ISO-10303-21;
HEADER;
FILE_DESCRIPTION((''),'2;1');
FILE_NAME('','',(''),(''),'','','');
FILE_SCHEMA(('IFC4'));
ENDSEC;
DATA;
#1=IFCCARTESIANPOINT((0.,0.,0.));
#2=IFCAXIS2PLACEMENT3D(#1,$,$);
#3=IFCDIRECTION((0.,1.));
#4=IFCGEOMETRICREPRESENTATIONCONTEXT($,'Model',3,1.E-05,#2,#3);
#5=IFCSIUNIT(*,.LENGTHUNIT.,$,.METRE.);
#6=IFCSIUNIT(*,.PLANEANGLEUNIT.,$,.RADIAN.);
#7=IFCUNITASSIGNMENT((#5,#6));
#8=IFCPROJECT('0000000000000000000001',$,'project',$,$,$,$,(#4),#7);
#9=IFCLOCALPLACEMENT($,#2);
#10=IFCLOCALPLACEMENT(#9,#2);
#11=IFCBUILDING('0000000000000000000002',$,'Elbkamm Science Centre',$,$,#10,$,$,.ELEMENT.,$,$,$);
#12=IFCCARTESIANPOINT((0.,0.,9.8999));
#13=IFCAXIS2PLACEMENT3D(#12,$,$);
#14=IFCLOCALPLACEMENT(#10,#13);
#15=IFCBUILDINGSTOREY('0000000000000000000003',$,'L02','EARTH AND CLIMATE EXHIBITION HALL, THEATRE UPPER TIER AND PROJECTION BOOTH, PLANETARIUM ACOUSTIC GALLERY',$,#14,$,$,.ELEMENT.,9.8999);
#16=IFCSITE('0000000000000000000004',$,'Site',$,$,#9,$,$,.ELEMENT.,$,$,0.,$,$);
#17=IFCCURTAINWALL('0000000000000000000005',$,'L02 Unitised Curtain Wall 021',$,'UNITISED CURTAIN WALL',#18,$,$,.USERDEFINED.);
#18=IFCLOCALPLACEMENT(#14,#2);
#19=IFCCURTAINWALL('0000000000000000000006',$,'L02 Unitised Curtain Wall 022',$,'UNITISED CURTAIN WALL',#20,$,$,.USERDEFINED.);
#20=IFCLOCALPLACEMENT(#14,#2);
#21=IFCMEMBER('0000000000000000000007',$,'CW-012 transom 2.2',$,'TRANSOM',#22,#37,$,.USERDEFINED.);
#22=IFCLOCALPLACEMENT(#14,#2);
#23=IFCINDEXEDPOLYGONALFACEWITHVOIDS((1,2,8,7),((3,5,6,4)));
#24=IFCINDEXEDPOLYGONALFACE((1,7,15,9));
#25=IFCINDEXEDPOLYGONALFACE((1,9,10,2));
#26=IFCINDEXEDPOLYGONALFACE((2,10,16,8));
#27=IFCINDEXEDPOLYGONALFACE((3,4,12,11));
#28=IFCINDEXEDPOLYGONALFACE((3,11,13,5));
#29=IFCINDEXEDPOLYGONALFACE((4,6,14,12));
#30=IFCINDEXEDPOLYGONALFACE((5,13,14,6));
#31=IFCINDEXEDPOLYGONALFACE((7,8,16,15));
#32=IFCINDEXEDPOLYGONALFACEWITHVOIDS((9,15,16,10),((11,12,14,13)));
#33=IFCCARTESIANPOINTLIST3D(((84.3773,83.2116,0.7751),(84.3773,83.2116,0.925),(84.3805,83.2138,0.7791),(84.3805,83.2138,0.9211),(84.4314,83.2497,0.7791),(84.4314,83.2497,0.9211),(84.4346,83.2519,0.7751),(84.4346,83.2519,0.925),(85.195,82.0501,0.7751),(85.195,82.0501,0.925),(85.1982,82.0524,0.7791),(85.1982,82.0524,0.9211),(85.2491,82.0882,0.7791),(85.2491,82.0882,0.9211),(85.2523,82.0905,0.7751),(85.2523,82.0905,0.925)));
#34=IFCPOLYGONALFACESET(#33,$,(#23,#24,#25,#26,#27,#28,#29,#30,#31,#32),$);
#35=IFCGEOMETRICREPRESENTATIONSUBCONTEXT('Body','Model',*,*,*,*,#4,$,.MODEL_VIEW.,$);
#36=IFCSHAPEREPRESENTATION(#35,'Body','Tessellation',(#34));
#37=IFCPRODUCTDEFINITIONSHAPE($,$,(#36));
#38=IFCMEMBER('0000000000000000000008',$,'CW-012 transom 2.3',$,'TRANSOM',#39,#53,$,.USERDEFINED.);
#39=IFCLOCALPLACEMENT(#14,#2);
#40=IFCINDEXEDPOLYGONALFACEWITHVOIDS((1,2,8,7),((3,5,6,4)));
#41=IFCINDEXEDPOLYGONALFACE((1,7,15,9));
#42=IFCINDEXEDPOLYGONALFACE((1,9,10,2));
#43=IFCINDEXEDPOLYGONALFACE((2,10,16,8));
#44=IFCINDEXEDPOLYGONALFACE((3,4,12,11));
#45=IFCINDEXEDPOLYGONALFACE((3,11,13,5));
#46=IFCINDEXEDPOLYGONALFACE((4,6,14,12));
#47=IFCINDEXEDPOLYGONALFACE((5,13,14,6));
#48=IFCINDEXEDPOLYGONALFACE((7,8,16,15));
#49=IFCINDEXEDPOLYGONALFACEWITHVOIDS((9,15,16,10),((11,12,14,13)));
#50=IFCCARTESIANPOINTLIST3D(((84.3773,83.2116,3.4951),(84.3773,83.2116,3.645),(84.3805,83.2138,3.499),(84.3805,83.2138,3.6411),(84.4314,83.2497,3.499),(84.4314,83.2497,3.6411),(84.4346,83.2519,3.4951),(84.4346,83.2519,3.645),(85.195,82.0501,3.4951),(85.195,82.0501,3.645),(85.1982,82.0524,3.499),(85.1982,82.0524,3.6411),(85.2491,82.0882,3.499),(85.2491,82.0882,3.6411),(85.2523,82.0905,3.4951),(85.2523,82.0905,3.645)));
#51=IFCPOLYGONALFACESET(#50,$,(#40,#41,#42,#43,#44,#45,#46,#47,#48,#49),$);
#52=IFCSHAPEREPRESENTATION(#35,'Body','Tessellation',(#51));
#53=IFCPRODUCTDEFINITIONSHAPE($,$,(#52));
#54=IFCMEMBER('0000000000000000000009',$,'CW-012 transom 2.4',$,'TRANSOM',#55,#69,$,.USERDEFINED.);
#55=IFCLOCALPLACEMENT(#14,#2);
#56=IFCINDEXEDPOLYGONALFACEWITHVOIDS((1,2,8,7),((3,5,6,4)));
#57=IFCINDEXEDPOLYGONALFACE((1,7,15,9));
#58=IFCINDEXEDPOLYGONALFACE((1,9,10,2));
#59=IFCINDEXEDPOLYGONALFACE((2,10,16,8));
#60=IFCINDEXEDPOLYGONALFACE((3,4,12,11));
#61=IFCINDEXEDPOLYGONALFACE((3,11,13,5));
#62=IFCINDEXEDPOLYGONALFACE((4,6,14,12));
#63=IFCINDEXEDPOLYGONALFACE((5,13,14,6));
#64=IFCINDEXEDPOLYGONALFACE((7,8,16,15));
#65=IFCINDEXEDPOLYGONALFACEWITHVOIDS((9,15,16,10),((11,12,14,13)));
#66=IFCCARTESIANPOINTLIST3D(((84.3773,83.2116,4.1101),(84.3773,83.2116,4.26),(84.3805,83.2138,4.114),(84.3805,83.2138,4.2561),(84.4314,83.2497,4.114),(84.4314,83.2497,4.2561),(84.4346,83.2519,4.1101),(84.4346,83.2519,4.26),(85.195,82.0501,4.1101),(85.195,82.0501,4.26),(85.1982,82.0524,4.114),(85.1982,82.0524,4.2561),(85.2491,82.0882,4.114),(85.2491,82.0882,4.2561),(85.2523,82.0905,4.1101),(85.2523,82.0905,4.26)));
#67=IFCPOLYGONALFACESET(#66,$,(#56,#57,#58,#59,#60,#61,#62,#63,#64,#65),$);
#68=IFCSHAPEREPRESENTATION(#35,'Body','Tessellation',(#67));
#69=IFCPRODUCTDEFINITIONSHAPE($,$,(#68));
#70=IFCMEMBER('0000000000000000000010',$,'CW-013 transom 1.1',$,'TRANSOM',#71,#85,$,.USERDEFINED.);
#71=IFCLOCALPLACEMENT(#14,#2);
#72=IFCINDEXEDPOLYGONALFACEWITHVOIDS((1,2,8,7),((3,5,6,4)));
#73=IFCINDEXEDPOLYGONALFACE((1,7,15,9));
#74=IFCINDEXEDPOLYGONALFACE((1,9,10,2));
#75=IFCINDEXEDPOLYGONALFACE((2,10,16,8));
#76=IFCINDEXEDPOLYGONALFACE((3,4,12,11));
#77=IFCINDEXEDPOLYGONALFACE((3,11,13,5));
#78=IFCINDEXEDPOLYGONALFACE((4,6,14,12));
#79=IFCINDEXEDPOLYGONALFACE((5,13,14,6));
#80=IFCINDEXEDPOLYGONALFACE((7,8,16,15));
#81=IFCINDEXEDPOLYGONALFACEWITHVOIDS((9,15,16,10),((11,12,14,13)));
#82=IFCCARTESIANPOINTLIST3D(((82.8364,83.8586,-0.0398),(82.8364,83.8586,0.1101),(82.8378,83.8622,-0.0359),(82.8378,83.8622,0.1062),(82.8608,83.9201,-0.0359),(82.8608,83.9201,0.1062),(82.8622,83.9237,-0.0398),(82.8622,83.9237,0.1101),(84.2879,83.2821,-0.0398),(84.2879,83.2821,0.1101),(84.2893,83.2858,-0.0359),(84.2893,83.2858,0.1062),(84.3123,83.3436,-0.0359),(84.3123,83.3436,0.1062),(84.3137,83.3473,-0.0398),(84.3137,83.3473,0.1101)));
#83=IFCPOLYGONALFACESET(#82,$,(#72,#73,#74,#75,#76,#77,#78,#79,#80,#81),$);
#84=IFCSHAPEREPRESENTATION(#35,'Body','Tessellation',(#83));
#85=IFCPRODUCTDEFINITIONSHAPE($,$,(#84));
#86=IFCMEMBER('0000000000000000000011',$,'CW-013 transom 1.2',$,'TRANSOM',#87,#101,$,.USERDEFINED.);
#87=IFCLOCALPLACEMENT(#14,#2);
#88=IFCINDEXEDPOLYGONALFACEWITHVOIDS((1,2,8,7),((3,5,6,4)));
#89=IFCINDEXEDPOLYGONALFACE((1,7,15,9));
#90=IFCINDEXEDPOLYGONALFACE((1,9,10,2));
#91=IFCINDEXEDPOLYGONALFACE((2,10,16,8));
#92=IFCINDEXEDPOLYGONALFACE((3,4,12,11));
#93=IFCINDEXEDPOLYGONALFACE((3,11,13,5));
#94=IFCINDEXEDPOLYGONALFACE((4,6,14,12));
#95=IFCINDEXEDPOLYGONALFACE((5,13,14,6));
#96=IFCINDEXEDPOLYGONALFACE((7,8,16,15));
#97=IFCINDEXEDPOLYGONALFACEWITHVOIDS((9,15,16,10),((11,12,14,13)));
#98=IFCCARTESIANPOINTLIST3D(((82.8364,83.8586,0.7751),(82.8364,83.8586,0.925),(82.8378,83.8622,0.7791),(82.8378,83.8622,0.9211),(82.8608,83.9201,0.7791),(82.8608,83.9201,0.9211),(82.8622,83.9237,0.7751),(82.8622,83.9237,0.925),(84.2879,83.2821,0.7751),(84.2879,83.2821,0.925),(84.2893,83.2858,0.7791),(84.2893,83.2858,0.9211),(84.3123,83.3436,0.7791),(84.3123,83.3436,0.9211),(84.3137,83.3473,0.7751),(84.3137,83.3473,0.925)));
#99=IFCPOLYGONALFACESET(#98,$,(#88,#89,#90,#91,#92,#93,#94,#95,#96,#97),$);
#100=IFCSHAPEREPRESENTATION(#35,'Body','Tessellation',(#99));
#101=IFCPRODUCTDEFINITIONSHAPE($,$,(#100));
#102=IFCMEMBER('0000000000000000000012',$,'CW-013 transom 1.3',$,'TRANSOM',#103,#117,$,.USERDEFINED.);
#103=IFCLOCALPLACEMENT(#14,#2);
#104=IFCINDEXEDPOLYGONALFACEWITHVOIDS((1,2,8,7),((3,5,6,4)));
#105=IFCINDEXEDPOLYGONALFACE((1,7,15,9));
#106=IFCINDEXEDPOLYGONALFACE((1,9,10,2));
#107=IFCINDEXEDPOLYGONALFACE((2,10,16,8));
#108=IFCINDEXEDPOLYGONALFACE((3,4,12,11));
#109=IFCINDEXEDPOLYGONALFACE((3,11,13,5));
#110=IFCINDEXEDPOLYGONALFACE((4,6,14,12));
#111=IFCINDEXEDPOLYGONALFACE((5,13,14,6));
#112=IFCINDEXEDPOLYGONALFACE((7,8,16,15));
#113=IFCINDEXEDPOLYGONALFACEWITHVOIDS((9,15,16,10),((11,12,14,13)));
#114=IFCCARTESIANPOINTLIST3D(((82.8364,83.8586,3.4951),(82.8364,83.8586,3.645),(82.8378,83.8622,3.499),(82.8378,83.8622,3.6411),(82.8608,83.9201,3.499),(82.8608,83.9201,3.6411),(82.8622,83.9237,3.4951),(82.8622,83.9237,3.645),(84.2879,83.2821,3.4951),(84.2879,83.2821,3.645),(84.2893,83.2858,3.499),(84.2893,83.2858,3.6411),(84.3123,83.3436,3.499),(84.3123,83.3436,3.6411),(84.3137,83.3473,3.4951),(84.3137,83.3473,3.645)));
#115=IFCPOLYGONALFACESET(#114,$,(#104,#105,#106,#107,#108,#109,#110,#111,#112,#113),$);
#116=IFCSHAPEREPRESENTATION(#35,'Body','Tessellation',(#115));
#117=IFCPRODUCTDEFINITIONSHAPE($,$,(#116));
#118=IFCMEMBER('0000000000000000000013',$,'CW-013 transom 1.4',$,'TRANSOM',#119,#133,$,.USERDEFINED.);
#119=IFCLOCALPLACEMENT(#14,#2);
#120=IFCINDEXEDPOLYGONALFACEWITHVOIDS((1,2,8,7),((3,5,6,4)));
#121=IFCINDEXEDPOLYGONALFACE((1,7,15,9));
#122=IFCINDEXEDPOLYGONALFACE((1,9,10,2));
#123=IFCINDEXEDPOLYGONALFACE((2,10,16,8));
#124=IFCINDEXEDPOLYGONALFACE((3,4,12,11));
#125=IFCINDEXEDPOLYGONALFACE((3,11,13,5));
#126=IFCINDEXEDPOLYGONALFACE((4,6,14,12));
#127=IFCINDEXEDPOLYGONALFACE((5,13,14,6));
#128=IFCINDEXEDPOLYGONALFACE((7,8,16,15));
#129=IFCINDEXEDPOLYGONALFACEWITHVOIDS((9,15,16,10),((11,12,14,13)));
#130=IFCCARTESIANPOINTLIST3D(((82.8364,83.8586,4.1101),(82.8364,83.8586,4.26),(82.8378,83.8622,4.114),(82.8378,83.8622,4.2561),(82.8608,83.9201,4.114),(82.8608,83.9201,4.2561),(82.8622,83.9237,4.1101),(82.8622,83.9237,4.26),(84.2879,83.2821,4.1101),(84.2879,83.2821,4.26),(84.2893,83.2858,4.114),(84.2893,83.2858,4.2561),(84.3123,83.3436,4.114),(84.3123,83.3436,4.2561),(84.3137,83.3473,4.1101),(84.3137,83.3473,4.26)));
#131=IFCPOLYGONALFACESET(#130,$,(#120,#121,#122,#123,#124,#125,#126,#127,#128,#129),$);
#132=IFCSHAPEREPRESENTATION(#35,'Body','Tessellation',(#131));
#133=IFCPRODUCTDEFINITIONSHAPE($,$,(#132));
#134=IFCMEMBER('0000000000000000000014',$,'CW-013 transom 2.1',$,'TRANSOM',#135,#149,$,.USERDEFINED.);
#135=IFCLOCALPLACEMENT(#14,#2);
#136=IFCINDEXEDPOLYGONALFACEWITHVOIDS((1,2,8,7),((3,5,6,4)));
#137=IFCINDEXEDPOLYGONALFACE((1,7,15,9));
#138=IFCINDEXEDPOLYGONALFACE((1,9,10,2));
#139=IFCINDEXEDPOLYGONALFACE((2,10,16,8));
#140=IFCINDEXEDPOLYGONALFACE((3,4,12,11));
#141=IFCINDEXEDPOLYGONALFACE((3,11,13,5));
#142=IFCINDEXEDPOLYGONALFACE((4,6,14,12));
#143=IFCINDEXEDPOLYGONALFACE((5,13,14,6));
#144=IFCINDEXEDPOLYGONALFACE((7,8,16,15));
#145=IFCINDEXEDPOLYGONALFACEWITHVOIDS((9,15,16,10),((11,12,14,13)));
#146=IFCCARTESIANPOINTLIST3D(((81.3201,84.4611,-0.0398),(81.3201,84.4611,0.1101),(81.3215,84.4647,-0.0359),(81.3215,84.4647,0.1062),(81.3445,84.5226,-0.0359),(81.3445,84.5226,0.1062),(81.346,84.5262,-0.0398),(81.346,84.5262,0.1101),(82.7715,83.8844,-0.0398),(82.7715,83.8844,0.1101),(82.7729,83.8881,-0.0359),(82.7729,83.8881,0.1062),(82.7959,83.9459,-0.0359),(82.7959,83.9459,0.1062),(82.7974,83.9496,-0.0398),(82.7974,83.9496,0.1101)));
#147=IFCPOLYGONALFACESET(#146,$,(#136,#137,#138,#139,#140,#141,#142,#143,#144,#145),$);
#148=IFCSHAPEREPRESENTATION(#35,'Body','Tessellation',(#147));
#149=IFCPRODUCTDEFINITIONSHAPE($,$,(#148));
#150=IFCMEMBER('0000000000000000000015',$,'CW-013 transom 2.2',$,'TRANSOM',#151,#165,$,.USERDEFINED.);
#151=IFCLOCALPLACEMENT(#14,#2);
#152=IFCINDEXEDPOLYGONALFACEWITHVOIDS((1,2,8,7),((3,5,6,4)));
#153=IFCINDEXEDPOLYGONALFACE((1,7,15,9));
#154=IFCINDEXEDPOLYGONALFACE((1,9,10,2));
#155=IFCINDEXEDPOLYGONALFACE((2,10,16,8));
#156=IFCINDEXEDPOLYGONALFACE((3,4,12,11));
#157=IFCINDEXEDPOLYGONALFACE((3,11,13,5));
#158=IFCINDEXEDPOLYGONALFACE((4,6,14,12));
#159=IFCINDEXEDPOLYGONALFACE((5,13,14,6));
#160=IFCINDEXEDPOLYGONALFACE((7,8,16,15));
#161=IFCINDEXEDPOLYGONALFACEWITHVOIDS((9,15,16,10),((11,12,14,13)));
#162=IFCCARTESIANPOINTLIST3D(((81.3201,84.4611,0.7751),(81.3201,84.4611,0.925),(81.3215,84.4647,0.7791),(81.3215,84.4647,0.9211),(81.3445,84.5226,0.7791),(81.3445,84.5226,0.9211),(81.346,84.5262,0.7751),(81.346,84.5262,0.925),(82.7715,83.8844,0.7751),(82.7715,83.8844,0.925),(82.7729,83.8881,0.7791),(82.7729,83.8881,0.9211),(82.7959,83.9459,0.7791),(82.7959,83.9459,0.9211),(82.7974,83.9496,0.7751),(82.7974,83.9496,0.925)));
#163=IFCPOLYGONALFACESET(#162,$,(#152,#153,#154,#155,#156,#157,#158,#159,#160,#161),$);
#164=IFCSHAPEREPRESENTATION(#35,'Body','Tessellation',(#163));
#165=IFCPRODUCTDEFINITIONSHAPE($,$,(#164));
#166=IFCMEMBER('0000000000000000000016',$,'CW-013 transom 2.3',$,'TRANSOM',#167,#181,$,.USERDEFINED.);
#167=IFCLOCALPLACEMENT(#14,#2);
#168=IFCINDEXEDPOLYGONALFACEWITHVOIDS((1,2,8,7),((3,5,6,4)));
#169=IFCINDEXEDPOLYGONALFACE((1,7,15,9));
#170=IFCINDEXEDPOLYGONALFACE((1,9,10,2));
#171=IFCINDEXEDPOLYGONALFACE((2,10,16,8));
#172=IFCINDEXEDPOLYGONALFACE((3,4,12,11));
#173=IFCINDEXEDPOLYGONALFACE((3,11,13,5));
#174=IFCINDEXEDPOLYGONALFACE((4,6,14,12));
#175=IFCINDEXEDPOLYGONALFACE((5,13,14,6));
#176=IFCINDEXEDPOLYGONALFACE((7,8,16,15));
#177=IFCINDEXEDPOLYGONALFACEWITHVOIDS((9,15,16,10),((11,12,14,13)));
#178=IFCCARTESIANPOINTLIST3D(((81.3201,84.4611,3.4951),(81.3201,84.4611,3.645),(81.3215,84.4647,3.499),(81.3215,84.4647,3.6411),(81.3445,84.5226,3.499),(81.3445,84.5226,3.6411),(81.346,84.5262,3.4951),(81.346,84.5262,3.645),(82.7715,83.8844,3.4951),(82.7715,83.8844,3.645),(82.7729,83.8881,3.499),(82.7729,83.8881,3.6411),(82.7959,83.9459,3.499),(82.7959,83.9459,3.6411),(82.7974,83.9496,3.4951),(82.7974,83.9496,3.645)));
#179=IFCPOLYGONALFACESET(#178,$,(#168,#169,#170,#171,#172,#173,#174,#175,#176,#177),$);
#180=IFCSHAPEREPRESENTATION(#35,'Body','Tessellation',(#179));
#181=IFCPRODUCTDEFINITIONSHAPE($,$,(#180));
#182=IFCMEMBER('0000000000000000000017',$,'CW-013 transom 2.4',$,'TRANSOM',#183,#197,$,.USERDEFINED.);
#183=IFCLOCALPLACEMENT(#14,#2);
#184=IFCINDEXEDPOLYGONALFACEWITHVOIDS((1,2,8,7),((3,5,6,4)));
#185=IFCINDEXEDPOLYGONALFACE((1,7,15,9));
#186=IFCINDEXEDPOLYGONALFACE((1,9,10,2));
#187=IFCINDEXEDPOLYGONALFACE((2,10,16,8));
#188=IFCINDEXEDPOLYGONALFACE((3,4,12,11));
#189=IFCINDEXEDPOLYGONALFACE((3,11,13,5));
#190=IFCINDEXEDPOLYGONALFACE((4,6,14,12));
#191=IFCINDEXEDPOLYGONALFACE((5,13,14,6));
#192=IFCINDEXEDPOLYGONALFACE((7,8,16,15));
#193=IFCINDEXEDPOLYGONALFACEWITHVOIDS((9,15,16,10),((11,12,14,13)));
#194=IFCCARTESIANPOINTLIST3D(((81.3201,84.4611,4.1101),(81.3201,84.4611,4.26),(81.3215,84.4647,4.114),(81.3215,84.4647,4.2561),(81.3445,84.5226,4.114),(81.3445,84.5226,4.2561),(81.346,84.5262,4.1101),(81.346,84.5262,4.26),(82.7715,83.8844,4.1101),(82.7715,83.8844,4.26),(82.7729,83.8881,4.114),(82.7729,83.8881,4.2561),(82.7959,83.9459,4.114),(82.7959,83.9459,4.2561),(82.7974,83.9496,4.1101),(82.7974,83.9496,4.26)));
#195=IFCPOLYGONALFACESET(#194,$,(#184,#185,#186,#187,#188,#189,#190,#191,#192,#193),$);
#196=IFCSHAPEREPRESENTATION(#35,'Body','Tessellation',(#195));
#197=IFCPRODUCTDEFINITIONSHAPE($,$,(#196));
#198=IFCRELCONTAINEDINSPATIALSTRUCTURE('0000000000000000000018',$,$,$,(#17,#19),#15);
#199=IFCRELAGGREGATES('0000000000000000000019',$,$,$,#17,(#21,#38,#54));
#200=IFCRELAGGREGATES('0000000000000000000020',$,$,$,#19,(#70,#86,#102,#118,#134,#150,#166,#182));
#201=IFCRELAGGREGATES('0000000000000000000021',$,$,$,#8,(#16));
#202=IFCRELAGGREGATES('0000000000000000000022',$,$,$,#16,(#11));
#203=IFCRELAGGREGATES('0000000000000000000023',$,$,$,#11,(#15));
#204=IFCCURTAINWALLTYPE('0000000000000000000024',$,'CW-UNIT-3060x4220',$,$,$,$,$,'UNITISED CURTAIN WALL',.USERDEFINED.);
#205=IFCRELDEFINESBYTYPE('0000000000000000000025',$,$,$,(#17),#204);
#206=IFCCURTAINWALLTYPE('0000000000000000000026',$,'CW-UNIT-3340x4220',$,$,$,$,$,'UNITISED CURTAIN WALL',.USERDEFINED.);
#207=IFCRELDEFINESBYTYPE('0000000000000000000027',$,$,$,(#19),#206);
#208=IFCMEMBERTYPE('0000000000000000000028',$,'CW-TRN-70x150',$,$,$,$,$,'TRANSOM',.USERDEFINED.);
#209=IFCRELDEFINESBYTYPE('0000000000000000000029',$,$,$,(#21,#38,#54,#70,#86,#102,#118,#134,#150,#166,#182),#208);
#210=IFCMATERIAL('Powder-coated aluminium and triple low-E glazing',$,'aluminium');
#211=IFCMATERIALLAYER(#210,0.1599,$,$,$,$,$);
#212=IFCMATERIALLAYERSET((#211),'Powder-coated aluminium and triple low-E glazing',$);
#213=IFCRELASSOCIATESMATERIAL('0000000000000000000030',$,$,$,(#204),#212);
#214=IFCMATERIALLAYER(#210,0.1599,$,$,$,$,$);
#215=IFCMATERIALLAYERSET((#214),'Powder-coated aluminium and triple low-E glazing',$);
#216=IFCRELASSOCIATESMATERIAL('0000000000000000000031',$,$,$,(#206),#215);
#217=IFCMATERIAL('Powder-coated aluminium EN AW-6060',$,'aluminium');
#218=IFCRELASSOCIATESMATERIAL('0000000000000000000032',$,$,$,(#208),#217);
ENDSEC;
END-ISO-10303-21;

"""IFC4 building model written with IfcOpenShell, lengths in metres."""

from ifc_helpers import new_model, si_unit, direction, frame, origin, origin_2d, place, context, subcontext, project, spatial, hollow_rectangle, extrude, material, layer, layer_set, material_profile, profile_set, type_object, element, aggregate, save


model = new_model("IFC4")

# Units and contexts
model_context = context("Model", 3, precision=1e-05, world=origin(), true_north=direction((0.0, 1.0)))
body_context = subcontext(model_context, "Body", "Model", "MODEL_VIEW")
ifc_project = project(units=[si_unit("LENGTHUNIT", "METRE"), si_unit("PLANEANGLEUNIT", "RADIAN")], contexts=[model_context])

# Site, building, storey
site_placement = place(None, origin())
site = spatial("IfcSite", under=ifc_project, at=site_placement, Name="Site", CompositionType="ELEMENT", RefElevation=0.0)
building_placement = place(site_placement, origin())
building = spatial("IfcBuilding", under=site, at=building_placement, Name="Elbkamm Science Centre", CompositionType="ELEMENT")
storey_placement = place(building_placement, frame((0.0, 0.0, 9.8999)))
storey = spatial("IfcBuildingStorey", under=building, at=storey_placement, Name="L02", Description="EARTH AND CLIMATE EXHIBITION HALL, THEATRE UPPER TIER AND PROJECTION BOOTH, PLANETARIUM ACOUSTIC GALLERY", CompositionType="ELEMENT", Elevation=9.8999)

# Curtain walls
ifc_material_1 = material(Name="Powder-coated aluminium and triple low-E glazing", Category="aluminium")
ifc_layer_1 = layer(ifc_material_1, 0.1599)
ifc_layer_set_1 = layer_set([ifc_layer_1], Name="Powder-coated aluminium and triple low-E glazing")
curtain_wall_type_1 = type_object("IfcCurtainWallType", Name="CW-UNIT-3060x4220", ElementType="UNITISED CURTAIN WALL", PredefinedType="USERDEFINED", material=ifc_layer_set_1)
curtain_wall_1_placement = place(storey_placement, origin())
curtain_wall_1 = element("IfcCurtainWall", 1, at=curtain_wall_1_placement, inside=storey, type_object=curtain_wall_type_1, Name="L02 Unitised Curtain Wall 021", ObjectType="UNITISED CURTAIN WALL", PredefinedType="USERDEFINED")
ifc_material_2 = material(Name="Powder-coated aluminium EN AW-6060", Category="aluminium")
ifc_layer_2 = layer(ifc_material_1, 0.1599)
ifc_layer_set_2 = layer_set([ifc_layer_2], Name="Powder-coated aluminium and triple low-E glazing")
curtain_wall_type_2 = type_object("IfcCurtainWallType", Name="CW-UNIT-3340x4220", ElementType="UNITISED CURTAIN WALL", PredefinedType="USERDEFINED", material=ifc_layer_set_2)
curtain_wall_2_placement = place(storey_placement, origin())
curtain_wall_2 = element("IfcCurtainWall", 2, at=curtain_wall_2_placement, inside=storey, type_object=curtain_wall_type_2, Name="L02 Unitised Curtain Wall 022", ObjectType="UNITISED CURTAIN WALL", PredefinedType="USERDEFINED")

# Members
ifc_material_profile_1 = material_profile(ifc_material_2, hollow_rectangle(XDim=0.0701, YDim=0.1499, WallThickness=0.0039, at=origin_2d()), Name="ALU T70x150")
ifc_profile_set_1 = profile_set([ifc_material_profile_1], Name="Powder-coated aluminium EN AW-6060")
member_type_1 = type_object("IfcMemberType", Name="CW-TRN-70x150", ElementType="TRANSOM", PredefinedType="USERDEFINED", material=ifc_profile_set_1)
member_1_placement = place(storey_placement, frame((85.2236, 82.0703, 0.8501), z_axis=(-0.575664, 0.817687, 0.0), x_axis=(-0.817687, -0.575664, 0.0)))
member_1 = element("IfcMember", 3, at=member_1_placement, type_object=member_type_1, Name="CW-012 transom 2.2", ObjectType="TRANSOM", PredefinedType="USERDEFINED", context=body_context, shape_type="SweptSolid", body=[
    extrude(hollow_rectangle(XDim=0.0701, YDim=0.1499, WallThickness=0.0039, at=origin_2d()), origin(), (0.0, 0.0, 1.0), 1.4204),
])
member_2_placement = place(storey_placement, frame((85.2236, 82.0703, 3.5701), z_axis=(-0.575664, 0.817687, 0.0), x_axis=(-0.817687, -0.575664, 0.0)))
member_2 = element("IfcMember", 4, at=member_2_placement, type_object=member_type_1, Name="CW-012 transom 2.3", ObjectType="TRANSOM", PredefinedType="USERDEFINED", context=body_context, shape_type="SweptSolid", body=[
    extrude(hollow_rectangle(XDim=0.0701, YDim=0.1499, WallThickness=0.0039, at=origin_2d()), origin(), (0.0, 0.0, 1.0), 1.4204),
])
member_3_placement = place(storey_placement, frame((85.2236, 82.0703, 4.1851), z_axis=(-0.575664, 0.817687, 0.0), x_axis=(-0.817687, -0.575664, 0.0)))
member_3 = element("IfcMember", 5, at=member_3_placement, type_object=member_type_1, Name="CW-012 transom 2.4", ObjectType="TRANSOM", PredefinedType="USERDEFINED", context=body_context, shape_type="SweptSolid", body=[
    extrude(hollow_rectangle(XDim=0.0701, YDim=0.1499, WallThickness=0.0039, at=origin_2d()), origin(), (0.0, 0.0, 1.0), 1.4204),
])
member_4_placement = place(storey_placement, frame((84.3008, 83.3147, 0.0352), z_axis=(-0.92939, 0.369098, 0.0), x_axis=(-0.369098, -0.92939, 0.0)))
member_4 = element("IfcMember", 6, at=member_4_placement, type_object=member_type_1, Name="CW-013 transom 1.1", ObjectType="TRANSOM", PredefinedType="USERDEFINED", context=body_context, shape_type="SweptSolid", body=[
    extrude(hollow_rectangle(XDim=0.0701, YDim=0.1499, WallThickness=0.0039, at=origin_2d()), origin(), (0.0, 0.0, 1.0), 1.5618),
])
member_5_placement = place(storey_placement, frame((84.3008, 83.3147, 0.8501), z_axis=(-0.92939, 0.369098, 0.0), x_axis=(-0.369098, -0.92939, 0.0)))
member_5 = element("IfcMember", 7, at=member_5_placement, type_object=member_type_1, Name="CW-013 transom 1.2", ObjectType="TRANSOM", PredefinedType="USERDEFINED", context=body_context, shape_type="SweptSolid", body=[
    extrude(hollow_rectangle(XDim=0.0701, YDim=0.1499, WallThickness=0.0039, at=origin_2d()), origin(), (0.0, 0.0, 1.0), 1.5618),
])
member_6_placement = place(storey_placement, frame((84.3008, 83.3147, 3.5701), z_axis=(-0.92939, 0.369098, 0.0), x_axis=(-0.369098, -0.92939, 0.0)))
member_6 = element("IfcMember", 8, at=member_6_placement, type_object=member_type_1, Name="CW-013 transom 1.3", ObjectType="TRANSOM", PredefinedType="USERDEFINED", context=body_context, shape_type="SweptSolid", body=[
    extrude(hollow_rectangle(XDim=0.0701, YDim=0.1499, WallThickness=0.0039, at=origin_2d()), origin(), (0.0, 0.0, 1.0), 1.5618),
])
member_7_placement = place(storey_placement, frame((84.3008, 83.3147, 4.1851), z_axis=(-0.92939, 0.369098, 0.0), x_axis=(-0.369098, -0.92939, 0.0)))
member_7 = element("IfcMember", 9, at=member_7_placement, type_object=member_type_1, Name="CW-013 transom 1.4", ObjectType="TRANSOM", PredefinedType="USERDEFINED", context=body_context, shape_type="SweptSolid", body=[
    extrude(hollow_rectangle(XDim=0.0701, YDim=0.1499, WallThickness=0.0039, at=origin_2d()), origin(), (0.0, 0.0, 1.0), 1.5618),
])
member_8_placement = place(storey_placement, frame((82.7844, 83.917, 0.0352), z_axis=(-0.929337, 0.369234, 0.0), x_axis=(-0.369234, -0.929337, 0.0)))
member_8 = element("IfcMember", 10, at=member_8_placement, type_object=member_type_1, Name="CW-013 transom 2.1", ObjectType="TRANSOM", PredefinedType="USERDEFINED", context=body_context, shape_type="SweptSolid", body=[
    extrude(hollow_rectangle(XDim=0.0701, YDim=0.1499, WallThickness=0.0039, at=origin_2d()), origin(), (0.0, 0.0, 1.0), 1.5618),
])
member_9_placement = place(storey_placement, frame((82.7844, 83.917, 0.8501), z_axis=(-0.929337, 0.369234, 0.0), x_axis=(-0.369234, -0.929337, 0.0)))
member_9 = element("IfcMember", 11, at=member_9_placement, type_object=member_type_1, Name="CW-013 transom 2.2", ObjectType="TRANSOM", PredefinedType="USERDEFINED", context=body_context, shape_type="SweptSolid", body=[
    extrude(hollow_rectangle(XDim=0.0701, YDim=0.1499, WallThickness=0.0039, at=origin_2d()), origin(), (0.0, 0.0, 1.0), 1.5618),
])
member_10_placement = place(storey_placement, frame((82.7844, 83.917, 3.5701), z_axis=(-0.929337, 0.369234, 0.0), x_axis=(-0.369234, -0.929337, 0.0)))
member_10 = element("IfcMember", 12, at=member_10_placement, type_object=member_type_1, Name="CW-013 transom 2.3", ObjectType="TRANSOM", PredefinedType="USERDEFINED", context=body_context, shape_type="SweptSolid", body=[
    extrude(hollow_rectangle(XDim=0.0701, YDim=0.1499, WallThickness=0.0039, at=origin_2d()), origin(), (0.0, 0.0, 1.0), 1.5618),
])
member_11_placement = place(storey_placement, frame((82.7844, 83.917, 4.1851), z_axis=(-0.929337, 0.369234, 0.0), x_axis=(-0.369234, -0.929337, 0.0)))
member_11 = element("IfcMember", 13, at=member_11_placement, type_object=member_type_1, Name="CW-013 transom 2.4", ObjectType="TRANSOM", PredefinedType="USERDEFINED", context=body_context, shape_type="SweptSolid", body=[
    extrude(hollow_rectangle(XDim=0.0701, YDim=0.1499, WallThickness=0.0039, at=origin_2d()), origin(), (0.0, 0.0, 1.0), 1.5618),
])

aggregate(curtain_wall_1, [member_1, member_2, member_3])
aggregate(curtain_wall_2, [member_4, member_5, member_6, member_7, member_8, member_9, member_10, member_11])

save(model, "model.ifc")
